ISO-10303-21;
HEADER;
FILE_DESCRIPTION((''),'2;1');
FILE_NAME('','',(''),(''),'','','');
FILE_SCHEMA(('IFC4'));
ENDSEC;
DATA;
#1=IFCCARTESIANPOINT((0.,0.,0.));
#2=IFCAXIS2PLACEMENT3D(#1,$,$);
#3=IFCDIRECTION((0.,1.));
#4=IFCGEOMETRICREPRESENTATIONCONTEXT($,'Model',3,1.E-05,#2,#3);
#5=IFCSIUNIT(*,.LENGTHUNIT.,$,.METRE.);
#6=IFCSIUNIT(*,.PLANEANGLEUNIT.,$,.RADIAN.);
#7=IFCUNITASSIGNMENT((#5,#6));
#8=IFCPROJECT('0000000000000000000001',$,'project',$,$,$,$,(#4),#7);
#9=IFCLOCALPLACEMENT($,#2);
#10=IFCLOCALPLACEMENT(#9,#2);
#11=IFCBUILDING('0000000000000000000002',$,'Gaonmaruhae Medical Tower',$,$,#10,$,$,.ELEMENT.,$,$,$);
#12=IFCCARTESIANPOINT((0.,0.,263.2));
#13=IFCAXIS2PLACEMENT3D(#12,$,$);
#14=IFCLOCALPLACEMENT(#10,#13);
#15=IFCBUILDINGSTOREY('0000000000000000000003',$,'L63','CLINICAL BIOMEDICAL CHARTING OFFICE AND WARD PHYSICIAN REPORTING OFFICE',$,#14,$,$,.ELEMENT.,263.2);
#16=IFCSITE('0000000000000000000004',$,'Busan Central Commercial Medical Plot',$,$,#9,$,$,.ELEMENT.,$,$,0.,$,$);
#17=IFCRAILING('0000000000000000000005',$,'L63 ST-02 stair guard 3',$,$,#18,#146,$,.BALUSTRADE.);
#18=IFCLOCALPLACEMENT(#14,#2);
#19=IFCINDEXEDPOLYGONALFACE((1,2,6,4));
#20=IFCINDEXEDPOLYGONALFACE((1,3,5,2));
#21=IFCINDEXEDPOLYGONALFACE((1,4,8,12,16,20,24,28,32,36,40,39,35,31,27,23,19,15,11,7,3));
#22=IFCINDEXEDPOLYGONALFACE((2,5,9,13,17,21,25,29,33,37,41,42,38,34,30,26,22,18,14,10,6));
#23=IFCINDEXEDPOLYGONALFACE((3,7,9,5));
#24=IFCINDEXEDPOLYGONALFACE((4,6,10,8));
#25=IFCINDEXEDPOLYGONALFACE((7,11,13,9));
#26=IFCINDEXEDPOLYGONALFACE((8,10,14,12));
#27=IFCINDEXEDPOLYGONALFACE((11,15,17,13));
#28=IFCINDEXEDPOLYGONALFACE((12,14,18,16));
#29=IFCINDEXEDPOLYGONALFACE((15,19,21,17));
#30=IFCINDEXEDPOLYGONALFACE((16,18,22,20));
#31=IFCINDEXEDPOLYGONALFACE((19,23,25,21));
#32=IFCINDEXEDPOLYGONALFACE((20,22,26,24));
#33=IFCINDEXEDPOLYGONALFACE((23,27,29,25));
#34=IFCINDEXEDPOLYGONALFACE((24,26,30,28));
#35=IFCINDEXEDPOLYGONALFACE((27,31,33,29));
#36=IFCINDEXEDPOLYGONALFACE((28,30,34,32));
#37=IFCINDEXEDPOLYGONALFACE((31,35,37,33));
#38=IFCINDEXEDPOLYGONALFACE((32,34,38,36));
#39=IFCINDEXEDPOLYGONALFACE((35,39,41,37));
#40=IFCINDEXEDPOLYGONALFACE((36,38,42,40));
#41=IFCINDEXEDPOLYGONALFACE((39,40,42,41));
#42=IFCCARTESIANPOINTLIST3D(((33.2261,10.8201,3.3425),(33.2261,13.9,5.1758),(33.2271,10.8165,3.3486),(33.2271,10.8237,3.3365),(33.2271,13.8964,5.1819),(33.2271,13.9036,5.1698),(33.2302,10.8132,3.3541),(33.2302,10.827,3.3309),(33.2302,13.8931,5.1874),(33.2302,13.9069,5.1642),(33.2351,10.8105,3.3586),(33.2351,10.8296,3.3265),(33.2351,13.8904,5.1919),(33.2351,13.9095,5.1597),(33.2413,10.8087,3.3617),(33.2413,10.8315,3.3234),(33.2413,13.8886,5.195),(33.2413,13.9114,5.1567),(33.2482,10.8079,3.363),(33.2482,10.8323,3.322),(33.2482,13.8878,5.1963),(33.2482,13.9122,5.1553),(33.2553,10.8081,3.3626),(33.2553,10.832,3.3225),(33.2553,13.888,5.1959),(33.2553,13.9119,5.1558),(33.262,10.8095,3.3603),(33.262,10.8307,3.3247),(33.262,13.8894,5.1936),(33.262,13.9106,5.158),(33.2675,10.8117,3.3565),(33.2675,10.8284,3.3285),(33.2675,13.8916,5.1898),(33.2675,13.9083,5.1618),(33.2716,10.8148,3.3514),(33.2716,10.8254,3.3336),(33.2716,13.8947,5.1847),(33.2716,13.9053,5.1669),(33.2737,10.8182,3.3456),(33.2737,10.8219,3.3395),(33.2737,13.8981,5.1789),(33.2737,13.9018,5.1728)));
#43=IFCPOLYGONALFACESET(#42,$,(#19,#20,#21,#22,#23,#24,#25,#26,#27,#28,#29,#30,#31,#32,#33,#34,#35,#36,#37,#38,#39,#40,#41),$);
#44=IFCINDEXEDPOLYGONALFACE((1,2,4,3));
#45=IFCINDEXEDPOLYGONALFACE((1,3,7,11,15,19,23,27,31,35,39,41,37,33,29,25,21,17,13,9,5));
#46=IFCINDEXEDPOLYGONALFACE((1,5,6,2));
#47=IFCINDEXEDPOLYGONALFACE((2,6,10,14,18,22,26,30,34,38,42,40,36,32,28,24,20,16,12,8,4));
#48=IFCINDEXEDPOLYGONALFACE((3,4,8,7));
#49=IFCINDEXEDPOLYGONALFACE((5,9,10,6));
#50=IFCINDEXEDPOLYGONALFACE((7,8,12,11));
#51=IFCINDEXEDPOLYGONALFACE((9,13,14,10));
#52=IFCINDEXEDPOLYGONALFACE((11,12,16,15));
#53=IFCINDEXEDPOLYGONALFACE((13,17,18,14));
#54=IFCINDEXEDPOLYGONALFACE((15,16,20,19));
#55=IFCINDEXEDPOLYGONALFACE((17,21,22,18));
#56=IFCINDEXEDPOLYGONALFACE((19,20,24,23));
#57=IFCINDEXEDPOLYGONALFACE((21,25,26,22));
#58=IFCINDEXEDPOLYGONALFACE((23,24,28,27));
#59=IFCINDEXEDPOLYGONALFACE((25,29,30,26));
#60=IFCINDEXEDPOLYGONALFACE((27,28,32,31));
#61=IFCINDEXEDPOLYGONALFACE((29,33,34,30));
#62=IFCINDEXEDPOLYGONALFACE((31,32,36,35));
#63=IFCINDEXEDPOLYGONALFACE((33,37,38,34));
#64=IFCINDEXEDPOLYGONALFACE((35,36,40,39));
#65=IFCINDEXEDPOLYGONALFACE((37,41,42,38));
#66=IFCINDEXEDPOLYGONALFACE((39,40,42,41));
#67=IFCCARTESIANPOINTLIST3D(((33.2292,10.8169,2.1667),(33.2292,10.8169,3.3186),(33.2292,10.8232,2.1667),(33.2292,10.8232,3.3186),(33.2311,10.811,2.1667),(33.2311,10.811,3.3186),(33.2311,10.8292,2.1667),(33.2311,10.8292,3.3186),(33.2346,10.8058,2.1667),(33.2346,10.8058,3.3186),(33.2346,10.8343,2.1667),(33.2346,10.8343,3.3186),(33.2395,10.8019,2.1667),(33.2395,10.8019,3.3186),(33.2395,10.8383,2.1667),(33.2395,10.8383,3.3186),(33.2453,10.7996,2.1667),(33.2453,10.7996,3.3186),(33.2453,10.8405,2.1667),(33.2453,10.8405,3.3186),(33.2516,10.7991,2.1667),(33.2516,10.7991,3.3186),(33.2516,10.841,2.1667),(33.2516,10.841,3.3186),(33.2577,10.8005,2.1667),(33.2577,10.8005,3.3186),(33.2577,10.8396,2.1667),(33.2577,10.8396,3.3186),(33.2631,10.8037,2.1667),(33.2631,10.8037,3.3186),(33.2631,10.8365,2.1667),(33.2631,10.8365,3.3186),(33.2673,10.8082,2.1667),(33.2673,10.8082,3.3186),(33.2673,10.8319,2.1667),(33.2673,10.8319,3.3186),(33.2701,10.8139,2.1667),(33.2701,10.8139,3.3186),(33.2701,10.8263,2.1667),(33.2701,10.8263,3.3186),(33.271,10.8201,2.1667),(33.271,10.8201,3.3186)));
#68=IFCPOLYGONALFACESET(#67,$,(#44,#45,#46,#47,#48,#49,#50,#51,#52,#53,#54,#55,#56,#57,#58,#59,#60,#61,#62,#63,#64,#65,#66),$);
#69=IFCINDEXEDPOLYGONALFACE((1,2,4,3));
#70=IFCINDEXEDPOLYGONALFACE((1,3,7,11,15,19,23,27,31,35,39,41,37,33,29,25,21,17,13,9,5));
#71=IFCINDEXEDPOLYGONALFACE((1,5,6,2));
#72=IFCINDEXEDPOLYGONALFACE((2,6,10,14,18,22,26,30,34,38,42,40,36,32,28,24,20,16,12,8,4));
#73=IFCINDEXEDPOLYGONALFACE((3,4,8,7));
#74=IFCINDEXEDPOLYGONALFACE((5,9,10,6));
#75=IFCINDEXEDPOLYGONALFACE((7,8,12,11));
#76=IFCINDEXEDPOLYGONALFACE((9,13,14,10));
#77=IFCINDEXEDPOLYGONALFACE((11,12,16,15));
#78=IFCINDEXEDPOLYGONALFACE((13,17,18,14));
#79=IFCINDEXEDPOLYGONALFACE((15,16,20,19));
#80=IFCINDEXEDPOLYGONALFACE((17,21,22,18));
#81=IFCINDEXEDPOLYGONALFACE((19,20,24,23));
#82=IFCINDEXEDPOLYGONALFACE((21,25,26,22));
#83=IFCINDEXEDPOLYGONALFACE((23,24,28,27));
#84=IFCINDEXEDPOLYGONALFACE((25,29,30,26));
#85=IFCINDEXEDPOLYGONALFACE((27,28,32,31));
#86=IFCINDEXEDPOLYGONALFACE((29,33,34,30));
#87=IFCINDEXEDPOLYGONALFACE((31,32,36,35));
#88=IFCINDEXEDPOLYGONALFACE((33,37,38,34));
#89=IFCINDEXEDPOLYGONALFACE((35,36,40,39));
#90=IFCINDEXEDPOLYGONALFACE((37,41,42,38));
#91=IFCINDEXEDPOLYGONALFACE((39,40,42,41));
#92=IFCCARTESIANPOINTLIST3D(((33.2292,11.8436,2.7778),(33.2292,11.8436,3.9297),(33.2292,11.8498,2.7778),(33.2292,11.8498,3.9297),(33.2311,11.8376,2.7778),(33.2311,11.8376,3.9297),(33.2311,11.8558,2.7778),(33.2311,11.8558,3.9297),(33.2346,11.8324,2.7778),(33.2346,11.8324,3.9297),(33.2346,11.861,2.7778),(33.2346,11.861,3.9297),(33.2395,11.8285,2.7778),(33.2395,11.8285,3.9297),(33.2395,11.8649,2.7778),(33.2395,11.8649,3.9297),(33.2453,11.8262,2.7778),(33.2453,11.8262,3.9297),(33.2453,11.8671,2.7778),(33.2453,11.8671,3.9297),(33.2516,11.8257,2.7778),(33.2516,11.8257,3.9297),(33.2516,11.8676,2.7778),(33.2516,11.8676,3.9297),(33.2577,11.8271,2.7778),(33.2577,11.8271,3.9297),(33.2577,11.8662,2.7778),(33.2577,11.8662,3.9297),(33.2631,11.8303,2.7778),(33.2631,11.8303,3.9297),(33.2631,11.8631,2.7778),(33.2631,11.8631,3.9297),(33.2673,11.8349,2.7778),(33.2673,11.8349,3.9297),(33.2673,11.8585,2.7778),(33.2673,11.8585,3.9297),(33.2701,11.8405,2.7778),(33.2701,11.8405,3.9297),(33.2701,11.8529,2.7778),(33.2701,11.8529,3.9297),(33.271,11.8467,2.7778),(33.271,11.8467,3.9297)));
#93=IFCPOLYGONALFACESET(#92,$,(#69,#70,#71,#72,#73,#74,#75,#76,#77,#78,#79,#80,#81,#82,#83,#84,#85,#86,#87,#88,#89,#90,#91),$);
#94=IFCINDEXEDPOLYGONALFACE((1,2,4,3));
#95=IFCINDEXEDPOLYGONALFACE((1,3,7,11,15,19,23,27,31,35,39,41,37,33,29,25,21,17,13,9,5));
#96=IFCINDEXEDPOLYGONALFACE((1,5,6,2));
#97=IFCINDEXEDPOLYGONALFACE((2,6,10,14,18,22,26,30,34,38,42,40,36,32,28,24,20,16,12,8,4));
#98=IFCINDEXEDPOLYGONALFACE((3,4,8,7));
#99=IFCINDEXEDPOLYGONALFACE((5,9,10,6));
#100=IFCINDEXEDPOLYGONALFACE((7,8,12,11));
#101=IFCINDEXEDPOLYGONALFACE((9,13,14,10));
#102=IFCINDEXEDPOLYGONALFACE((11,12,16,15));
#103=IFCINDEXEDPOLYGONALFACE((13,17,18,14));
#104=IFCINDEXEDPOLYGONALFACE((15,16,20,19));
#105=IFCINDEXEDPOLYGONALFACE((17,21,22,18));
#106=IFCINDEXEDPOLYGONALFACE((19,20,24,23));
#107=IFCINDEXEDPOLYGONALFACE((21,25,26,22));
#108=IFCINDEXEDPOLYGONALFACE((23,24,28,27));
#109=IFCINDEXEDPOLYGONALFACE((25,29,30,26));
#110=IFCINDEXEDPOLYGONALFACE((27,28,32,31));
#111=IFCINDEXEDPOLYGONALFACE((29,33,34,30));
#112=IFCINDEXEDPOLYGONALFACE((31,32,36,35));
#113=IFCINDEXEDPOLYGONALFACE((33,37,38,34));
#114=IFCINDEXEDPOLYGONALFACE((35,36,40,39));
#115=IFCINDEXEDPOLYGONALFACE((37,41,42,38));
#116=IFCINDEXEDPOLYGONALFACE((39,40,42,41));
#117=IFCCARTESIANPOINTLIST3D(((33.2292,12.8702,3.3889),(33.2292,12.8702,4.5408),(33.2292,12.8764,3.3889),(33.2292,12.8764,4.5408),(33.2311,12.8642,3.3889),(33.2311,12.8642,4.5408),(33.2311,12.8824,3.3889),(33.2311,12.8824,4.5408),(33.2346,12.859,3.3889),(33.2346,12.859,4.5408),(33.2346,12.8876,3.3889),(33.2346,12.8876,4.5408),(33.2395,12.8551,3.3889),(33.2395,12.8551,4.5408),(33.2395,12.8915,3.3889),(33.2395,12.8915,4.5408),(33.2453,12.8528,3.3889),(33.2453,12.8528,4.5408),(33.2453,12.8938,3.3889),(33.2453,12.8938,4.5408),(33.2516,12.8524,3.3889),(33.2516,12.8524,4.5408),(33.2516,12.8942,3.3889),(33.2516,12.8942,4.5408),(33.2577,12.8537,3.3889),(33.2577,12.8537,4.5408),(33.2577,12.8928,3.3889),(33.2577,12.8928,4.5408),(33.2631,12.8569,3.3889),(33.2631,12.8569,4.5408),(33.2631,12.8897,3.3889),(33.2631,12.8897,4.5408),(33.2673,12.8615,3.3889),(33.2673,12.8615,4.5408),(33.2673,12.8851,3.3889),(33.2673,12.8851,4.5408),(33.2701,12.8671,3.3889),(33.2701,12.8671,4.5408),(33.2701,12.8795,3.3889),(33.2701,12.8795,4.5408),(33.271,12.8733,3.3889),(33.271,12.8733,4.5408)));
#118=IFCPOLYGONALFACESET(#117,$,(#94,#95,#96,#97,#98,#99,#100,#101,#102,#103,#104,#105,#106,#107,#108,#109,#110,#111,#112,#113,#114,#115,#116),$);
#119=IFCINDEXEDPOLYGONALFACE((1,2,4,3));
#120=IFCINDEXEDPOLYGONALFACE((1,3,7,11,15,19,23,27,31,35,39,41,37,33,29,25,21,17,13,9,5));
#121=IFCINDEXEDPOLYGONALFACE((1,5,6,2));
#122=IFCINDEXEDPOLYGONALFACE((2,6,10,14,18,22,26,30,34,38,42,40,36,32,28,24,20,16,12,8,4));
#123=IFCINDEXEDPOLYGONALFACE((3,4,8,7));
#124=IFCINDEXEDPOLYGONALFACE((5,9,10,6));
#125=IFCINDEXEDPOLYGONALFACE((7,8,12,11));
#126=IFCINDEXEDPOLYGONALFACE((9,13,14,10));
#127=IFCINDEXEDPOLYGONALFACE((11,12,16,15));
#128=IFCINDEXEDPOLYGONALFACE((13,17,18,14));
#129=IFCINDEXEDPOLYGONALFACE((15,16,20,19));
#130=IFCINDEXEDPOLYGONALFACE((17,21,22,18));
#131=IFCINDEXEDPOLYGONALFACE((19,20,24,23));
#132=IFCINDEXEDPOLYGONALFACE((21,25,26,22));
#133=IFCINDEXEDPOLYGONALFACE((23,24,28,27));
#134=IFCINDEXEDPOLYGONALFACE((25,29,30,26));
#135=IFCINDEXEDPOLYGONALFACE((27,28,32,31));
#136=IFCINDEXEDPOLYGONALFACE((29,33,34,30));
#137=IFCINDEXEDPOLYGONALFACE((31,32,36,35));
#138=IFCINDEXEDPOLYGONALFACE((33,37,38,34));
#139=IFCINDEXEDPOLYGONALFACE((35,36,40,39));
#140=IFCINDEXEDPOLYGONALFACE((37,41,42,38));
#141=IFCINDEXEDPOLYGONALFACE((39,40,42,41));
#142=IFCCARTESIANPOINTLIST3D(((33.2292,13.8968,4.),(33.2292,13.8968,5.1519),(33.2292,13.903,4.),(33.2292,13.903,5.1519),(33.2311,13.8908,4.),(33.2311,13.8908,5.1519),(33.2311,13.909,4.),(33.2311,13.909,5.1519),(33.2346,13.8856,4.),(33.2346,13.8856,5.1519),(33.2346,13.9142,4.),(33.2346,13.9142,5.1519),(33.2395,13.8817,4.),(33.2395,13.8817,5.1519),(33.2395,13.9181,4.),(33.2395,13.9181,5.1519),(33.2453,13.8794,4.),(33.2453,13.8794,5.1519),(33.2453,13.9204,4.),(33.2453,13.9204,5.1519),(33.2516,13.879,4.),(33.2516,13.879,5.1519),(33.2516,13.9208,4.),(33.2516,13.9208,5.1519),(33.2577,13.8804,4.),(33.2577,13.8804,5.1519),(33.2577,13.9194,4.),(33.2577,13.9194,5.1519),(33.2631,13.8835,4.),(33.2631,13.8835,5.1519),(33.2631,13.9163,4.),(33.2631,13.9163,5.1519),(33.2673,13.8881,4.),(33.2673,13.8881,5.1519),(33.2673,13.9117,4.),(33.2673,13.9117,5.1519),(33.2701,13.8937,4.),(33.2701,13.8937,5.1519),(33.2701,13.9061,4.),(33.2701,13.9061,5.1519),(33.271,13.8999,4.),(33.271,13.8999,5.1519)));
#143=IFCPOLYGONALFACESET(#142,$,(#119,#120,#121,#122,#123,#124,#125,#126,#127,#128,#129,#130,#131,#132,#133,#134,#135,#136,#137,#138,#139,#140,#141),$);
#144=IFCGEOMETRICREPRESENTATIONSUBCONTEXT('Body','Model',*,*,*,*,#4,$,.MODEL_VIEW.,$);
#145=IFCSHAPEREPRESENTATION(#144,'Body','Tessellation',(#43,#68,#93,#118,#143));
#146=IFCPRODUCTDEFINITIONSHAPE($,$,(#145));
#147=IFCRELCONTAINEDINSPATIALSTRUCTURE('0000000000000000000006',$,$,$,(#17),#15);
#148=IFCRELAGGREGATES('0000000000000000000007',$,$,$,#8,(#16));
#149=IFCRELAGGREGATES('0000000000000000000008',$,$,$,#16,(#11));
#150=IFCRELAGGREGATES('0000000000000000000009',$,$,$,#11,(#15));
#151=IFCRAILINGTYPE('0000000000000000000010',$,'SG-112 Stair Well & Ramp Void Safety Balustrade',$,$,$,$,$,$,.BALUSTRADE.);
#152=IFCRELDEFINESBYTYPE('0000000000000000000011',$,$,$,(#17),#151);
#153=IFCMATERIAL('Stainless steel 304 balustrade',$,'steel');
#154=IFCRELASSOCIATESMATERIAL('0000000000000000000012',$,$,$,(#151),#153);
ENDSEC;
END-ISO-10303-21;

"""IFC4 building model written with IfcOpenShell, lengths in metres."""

from ifc_helpers import new_model, si_unit, direction, frame, origin, origin_2d, place, context, subcontext, project, spatial, circle, extrude, material, type_object, element, save


model = new_model("IFC4")

# Units and contexts
model_context = context("Model", 3, precision=1e-05, world=origin(), true_north=direction((0.0, 1.0)))
body_context = subcontext(model_context, "Body", "Model", "MODEL_VIEW")
ifc_project = project(units=[si_unit("LENGTHUNIT", "METRE"), si_unit("PLANEANGLEUNIT", "RADIAN")], contexts=[model_context])

# Site, building, storey
site_placement = place(None, origin())
site = spatial("IfcSite", under=ifc_project, at=site_placement, Name="Busan Central Commercial Medical Plot", CompositionType="ELEMENT", RefElevation=0.0)
building_placement = place(site_placement, origin())
building = spatial("IfcBuilding", under=site, at=building_placement, Name="Gaonmaruhae Medical Tower", CompositionType="ELEMENT")
storey_placement = place(building_placement, frame((0.0, 0.0, 263.2)))
storey = spatial("IfcBuildingStorey", under=building, at=storey_placement, Name="L63", Description="CLINICAL BIOMEDICAL CHARTING OFFICE AND WARD PHYSICIAN REPORTING OFFICE", CompositionType="ELEMENT", Elevation=263.2)

# Railing
ifc_material_1 = material(Name="Stainless steel 304 balustrade", Category="steel")
railing_type_1 = type_object("IfcRailingType", Name="SG-112 Stair Well & Ramp Void Safety Balustrade", PredefinedType="BALUSTRADE", material=ifc_material_1)
railing_1_placement = place(storey_placement, frame((33.25, 10.8201, 2.1667)))
element("IfcRailing", 1, at=railing_1_placement, inside=storey, type_object=railing_type_1, Name="L63 ST-02 stair guard 3", PredefinedType="BALUSTRADE", context=body_context, shape_type="SweptSolid", body=[
    extrude(circle(Radius=0.0239, at=origin_2d()), frame((0.0, 0.0, 1.1758), z_axis=(0.0, 0.859291, 0.511487), x_axis=(-1.0, 0.0, 0.0)), (0.0, 0.0, 1.0), 3.5842),
    extrude(circle(Radius=0.021, at=origin_2d()), origin(), (0.0, 0.0, 1.0), 1.1519),
    extrude(circle(Radius=0.021, at=origin_2d()), frame((0.0, 1.0266, 0.6111)), (0.0, 0.0, 1.0), 1.1519),
    extrude(circle(Radius=0.021, at=origin_2d()), frame((0.0, 2.0532, 1.2222)), (0.0, 0.0, 1.0), 1.1519),
    extrude(circle(Radius=0.021, at=origin_2d()), frame((0.0, 3.0798, 1.8333)), (0.0, 0.0, 1.0), 1.1519),
])

save(model, "model.ifc")
